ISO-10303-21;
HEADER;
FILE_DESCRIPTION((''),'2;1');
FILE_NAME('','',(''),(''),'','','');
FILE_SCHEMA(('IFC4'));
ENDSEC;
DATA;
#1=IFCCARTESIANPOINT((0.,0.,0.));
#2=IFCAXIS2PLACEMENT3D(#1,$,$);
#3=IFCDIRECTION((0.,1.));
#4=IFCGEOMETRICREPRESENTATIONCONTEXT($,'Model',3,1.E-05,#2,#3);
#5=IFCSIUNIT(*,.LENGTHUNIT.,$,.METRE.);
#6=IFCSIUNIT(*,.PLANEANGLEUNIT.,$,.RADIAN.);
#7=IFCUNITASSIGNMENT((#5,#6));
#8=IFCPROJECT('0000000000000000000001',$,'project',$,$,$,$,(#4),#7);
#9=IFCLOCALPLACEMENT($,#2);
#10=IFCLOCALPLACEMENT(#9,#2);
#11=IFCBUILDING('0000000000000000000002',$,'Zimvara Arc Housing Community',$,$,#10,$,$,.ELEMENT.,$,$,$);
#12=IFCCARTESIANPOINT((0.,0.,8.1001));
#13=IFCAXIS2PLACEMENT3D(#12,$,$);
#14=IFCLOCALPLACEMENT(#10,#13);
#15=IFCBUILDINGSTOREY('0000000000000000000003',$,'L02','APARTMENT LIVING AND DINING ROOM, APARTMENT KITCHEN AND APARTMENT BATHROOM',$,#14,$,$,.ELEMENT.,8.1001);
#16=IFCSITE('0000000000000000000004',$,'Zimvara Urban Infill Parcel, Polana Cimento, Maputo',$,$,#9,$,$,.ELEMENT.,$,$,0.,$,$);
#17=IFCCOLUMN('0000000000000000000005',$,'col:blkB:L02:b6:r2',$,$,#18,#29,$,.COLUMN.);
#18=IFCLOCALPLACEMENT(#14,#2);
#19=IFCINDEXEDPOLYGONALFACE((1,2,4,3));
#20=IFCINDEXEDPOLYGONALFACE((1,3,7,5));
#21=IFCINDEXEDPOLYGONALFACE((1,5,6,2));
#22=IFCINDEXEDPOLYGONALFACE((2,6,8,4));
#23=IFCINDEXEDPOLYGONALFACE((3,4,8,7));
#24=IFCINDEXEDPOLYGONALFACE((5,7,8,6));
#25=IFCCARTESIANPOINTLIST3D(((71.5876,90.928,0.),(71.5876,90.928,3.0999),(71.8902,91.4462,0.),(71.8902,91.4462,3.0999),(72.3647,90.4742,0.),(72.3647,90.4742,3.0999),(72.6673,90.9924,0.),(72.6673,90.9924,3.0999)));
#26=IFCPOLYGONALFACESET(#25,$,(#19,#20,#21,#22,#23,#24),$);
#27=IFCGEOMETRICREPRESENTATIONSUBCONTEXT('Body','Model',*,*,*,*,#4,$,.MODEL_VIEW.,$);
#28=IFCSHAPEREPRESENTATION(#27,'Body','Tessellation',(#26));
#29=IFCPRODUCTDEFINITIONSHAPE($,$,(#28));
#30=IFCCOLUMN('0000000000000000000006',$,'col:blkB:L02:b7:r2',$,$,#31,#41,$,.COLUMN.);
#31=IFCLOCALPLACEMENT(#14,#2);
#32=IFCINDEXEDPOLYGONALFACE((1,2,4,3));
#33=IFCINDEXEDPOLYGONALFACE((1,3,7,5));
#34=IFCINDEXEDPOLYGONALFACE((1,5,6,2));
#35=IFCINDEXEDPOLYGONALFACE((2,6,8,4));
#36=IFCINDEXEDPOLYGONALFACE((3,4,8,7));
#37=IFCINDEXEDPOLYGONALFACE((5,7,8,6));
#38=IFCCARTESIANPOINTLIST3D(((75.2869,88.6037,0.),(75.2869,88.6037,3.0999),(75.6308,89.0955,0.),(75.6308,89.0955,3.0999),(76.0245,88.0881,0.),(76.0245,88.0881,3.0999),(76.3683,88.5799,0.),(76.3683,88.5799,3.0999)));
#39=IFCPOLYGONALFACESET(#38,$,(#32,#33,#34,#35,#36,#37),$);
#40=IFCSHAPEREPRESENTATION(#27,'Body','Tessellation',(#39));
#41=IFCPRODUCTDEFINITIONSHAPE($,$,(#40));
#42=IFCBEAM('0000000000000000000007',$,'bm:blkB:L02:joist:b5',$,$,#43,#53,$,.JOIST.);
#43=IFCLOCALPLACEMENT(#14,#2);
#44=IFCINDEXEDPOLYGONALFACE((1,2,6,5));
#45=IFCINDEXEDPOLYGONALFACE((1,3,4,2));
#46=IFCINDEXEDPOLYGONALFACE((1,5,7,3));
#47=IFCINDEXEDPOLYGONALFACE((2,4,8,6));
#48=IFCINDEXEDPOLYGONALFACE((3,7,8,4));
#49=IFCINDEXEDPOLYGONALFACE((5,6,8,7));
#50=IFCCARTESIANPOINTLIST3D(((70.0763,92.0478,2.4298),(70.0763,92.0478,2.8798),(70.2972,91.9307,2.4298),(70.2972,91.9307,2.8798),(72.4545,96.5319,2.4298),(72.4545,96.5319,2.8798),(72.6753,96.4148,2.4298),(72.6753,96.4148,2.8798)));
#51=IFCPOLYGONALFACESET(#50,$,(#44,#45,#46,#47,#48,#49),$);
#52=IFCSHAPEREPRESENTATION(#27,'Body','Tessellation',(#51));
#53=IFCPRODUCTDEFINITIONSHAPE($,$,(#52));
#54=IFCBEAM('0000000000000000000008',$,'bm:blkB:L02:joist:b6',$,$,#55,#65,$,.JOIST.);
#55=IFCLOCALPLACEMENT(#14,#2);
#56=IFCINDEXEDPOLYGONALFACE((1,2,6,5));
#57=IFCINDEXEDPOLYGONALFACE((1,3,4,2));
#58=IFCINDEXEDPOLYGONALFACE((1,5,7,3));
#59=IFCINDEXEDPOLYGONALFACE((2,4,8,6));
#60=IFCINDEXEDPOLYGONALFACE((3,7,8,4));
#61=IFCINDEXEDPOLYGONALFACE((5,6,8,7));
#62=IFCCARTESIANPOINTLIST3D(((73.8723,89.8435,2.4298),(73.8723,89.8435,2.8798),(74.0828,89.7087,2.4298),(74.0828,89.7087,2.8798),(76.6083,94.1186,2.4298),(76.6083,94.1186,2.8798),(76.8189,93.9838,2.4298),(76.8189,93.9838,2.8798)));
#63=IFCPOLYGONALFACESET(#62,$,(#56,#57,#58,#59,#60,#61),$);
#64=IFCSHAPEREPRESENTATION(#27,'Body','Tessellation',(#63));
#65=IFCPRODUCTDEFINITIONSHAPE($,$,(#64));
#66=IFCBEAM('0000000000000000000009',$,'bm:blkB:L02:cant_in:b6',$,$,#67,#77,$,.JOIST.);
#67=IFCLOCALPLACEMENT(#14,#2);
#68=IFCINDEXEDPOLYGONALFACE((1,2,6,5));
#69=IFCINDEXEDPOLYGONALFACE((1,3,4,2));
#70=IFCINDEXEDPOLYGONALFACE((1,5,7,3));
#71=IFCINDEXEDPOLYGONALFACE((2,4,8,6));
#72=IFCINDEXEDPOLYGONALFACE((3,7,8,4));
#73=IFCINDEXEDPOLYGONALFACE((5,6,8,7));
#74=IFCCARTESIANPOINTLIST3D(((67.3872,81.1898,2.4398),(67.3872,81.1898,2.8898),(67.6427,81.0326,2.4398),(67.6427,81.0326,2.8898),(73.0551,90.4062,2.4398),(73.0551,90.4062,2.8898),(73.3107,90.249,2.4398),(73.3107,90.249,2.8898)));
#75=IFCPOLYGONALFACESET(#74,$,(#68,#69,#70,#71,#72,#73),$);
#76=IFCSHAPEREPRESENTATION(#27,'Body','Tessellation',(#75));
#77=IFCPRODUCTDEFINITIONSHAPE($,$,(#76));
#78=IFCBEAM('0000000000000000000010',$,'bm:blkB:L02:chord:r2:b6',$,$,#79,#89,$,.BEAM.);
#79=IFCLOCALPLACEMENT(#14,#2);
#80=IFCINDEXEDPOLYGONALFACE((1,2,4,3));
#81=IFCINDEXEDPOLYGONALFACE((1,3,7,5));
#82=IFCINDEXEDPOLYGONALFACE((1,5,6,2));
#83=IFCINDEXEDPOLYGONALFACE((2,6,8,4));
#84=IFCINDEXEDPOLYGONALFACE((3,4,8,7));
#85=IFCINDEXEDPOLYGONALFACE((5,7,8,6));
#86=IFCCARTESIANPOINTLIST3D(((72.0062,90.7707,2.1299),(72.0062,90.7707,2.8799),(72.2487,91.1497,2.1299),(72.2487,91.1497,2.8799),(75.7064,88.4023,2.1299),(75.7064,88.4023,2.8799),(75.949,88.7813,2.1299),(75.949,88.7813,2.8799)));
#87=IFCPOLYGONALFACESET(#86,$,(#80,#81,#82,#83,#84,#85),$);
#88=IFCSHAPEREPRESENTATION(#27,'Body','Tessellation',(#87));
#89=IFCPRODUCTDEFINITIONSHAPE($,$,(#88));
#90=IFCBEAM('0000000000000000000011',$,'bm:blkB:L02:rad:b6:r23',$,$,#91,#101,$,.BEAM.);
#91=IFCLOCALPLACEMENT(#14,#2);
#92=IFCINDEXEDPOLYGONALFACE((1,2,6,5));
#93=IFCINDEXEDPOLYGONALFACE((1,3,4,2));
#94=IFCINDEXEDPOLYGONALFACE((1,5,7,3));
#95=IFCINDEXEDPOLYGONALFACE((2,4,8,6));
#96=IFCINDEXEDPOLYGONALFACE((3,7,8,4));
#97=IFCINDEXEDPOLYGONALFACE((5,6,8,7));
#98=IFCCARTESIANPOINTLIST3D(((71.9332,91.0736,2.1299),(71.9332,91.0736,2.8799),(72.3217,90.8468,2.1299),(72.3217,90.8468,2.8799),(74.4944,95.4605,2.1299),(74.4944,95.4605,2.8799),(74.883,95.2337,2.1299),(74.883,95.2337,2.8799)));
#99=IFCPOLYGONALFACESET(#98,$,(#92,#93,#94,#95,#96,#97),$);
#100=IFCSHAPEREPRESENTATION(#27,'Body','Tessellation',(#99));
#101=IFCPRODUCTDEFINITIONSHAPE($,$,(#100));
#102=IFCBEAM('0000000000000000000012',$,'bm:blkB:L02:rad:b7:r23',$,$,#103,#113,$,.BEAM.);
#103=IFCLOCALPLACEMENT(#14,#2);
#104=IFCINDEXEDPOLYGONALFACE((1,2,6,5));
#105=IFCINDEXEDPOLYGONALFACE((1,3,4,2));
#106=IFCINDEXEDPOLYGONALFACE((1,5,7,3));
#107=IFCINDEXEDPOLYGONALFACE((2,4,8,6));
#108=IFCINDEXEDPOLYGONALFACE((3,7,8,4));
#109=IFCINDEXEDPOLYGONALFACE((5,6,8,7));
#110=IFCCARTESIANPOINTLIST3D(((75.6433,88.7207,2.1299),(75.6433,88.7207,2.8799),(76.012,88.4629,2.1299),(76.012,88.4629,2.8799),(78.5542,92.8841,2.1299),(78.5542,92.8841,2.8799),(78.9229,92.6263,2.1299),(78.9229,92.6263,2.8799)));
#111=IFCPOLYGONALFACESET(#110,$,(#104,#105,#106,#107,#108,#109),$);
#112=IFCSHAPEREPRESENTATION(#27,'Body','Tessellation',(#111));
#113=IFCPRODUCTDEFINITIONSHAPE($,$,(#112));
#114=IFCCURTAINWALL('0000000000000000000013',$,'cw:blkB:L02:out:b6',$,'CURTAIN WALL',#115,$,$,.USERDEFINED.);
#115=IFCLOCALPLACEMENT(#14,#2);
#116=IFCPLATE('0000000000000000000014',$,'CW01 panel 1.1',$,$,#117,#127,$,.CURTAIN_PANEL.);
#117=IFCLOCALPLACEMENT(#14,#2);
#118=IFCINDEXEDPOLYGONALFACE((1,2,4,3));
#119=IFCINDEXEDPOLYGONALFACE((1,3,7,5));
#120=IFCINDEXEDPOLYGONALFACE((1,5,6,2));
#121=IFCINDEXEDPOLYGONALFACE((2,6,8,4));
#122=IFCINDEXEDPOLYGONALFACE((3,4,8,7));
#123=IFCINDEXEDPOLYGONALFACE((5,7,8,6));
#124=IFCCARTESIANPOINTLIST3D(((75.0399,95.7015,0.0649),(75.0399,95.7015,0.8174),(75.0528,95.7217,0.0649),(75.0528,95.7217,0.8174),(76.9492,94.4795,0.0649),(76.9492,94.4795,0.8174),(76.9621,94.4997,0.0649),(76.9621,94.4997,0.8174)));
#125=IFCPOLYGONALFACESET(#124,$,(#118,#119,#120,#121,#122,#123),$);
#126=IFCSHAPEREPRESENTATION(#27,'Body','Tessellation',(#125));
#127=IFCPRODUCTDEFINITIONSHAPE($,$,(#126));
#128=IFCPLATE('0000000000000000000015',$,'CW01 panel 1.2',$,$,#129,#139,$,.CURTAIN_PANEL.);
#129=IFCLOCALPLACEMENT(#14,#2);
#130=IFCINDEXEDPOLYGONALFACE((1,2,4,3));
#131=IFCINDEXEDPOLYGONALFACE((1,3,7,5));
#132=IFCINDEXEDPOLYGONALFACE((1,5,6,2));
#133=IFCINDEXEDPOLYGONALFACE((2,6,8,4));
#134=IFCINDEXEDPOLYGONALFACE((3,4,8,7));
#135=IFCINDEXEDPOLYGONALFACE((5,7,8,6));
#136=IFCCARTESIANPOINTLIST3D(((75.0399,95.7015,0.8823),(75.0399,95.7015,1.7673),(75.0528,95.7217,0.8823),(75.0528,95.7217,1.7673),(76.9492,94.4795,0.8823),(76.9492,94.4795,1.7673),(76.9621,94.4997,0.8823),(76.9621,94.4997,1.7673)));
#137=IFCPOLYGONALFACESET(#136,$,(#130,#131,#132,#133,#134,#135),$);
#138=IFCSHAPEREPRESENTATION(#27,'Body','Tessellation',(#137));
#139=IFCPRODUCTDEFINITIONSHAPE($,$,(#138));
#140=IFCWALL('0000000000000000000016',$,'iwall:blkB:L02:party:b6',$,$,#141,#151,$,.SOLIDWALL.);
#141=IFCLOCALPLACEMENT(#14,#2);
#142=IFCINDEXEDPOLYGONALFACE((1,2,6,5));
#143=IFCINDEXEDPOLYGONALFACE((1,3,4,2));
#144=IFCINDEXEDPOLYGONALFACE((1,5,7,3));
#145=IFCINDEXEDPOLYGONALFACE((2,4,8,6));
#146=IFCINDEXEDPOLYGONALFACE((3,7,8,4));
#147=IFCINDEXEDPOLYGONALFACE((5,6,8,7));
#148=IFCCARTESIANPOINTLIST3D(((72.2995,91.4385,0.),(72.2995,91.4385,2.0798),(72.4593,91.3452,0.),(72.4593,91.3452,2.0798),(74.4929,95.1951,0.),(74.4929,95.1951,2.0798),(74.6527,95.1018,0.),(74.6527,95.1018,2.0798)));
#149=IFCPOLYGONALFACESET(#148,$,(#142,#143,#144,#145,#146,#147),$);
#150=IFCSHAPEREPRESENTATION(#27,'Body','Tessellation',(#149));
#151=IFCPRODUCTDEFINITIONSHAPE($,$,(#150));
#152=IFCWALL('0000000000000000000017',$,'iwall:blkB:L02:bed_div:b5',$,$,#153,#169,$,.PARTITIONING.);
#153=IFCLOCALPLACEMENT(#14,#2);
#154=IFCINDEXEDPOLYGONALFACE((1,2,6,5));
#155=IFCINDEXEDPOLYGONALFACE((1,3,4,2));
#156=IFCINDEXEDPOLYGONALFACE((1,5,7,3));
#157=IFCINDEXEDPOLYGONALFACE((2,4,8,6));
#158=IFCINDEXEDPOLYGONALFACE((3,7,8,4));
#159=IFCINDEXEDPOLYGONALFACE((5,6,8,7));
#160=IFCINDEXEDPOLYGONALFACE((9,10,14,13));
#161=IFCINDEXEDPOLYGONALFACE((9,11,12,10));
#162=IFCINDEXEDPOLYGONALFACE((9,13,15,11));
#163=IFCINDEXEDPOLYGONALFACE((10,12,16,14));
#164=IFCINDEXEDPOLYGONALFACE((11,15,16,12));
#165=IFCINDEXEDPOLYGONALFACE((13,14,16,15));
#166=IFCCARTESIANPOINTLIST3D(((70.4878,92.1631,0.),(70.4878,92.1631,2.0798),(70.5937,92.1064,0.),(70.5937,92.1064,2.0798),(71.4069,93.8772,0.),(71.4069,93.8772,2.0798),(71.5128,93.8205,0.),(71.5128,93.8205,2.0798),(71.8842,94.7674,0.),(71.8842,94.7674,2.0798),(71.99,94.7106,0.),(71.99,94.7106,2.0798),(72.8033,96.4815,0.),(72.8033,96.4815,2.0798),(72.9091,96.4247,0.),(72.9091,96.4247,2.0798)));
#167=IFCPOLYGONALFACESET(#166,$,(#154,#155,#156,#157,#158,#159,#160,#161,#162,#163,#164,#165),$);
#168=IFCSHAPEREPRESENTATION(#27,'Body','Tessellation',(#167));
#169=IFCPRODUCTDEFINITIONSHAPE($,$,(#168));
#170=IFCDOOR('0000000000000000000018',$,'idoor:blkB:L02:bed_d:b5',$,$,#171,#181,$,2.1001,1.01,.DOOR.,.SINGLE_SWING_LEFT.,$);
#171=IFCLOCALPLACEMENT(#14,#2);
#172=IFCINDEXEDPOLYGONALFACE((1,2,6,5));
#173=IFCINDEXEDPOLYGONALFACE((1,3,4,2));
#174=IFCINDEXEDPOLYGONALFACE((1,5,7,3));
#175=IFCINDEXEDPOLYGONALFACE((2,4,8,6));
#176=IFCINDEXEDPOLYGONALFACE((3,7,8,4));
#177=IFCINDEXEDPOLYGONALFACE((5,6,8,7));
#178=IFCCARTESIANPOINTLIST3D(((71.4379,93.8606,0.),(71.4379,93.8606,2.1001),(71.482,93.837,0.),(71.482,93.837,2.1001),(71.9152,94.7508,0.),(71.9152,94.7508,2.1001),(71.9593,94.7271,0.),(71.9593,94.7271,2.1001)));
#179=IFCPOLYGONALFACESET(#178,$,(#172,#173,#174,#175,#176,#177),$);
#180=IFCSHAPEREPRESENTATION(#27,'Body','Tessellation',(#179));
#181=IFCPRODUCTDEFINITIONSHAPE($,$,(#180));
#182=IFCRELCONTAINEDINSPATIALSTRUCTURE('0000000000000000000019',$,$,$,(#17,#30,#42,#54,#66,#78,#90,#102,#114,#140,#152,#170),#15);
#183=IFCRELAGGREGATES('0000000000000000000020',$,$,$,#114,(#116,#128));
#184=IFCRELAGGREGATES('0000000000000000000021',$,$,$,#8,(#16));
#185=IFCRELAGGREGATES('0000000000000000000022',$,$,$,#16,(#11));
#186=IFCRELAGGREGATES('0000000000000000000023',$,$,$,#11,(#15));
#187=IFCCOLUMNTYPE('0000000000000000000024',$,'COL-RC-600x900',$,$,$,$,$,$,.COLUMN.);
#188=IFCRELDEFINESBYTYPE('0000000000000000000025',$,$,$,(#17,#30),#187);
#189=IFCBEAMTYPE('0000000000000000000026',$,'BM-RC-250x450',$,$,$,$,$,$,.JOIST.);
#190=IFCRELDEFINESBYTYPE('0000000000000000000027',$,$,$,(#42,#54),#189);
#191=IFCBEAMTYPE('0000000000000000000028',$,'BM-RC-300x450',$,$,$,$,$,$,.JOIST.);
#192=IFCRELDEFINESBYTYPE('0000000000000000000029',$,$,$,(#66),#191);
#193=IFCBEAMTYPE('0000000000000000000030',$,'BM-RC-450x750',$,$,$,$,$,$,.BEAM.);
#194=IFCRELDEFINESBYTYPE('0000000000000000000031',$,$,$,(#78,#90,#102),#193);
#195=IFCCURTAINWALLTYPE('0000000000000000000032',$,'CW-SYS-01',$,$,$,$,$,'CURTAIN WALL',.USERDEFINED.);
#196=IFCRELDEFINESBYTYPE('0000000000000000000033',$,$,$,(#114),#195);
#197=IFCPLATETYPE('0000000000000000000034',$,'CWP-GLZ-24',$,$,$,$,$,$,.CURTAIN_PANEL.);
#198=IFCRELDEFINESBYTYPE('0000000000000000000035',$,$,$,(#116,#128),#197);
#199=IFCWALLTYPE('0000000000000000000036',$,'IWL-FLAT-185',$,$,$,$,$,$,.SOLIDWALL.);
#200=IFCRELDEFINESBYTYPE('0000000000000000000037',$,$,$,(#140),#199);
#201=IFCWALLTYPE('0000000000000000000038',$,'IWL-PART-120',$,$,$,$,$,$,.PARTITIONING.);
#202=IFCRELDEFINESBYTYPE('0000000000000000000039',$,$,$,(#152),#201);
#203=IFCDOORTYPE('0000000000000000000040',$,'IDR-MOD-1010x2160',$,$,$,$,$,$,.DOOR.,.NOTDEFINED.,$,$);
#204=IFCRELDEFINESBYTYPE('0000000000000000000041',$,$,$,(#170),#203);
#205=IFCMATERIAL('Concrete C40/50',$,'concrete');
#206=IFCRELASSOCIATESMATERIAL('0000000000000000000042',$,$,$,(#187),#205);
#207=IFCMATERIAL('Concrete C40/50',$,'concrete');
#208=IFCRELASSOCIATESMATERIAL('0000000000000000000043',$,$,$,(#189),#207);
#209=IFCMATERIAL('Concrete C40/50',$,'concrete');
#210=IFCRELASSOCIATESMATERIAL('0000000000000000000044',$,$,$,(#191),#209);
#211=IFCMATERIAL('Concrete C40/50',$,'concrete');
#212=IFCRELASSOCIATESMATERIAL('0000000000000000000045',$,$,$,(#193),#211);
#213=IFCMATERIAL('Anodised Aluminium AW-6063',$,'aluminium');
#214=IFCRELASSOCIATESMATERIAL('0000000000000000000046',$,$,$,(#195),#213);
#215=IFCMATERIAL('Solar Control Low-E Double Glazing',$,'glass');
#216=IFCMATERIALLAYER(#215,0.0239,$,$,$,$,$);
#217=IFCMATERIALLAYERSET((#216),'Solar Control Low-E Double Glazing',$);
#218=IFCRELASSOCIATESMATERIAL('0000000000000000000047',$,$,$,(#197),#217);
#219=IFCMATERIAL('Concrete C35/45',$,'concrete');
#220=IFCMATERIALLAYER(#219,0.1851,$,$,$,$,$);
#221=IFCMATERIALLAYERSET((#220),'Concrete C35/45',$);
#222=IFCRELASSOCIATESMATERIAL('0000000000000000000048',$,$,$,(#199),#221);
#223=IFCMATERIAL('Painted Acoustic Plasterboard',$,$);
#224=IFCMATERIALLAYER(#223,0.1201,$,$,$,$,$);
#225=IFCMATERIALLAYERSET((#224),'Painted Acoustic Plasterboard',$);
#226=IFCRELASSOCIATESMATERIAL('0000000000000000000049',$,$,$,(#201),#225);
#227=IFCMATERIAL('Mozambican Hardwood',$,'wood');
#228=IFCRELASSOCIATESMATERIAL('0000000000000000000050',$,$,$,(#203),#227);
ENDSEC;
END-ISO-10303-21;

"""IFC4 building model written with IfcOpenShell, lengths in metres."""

from ifc_helpers import new_model, si_unit, direction, frame, frame_2d, origin, origin_2d, place, context, subcontext, project, spatial, rectangle, extrude, material, layer, layer_set, material_profile, profile_set, type_object, element, fill, aggregate, save


model = new_model("IFC4")

# Units and contexts
model_context = context("Model", 3, precision=1e-05, world=origin(), true_north=direction((0.0, 1.0)))
body_context = subcontext(model_context, "Body", "Model", "MODEL_VIEW")
ifc_project = project(units=[si_unit("LENGTHUNIT", "METRE"), si_unit("PLANEANGLEUNIT", "RADIAN")], contexts=[model_context])

# Site, building, storey
site_placement = place(None, origin())
site = spatial("IfcSite", under=ifc_project, at=site_placement, Name="Zimvara Urban Infill Parcel, Polana Cimento, Maputo", CompositionType="ELEMENT", RefElevation=0.0)
building_placement = place(site_placement, origin())
building = spatial("IfcBuilding", under=site, at=building_placement, Name="Zimvara Arc Housing Community", CompositionType="ELEMENT")
storey_placement = place(building_placement, frame((0.0, 0.0, 8.1001)))
storey = spatial("IfcBuildingStorey", under=building, at=storey_placement, Name="L02", Description="APARTMENT LIVING AND DINING ROOM, APARTMENT KITCHEN AND APARTMENT BATHROOM", CompositionType="ELEMENT", Elevation=8.1001)

# Columns
ifc_material_1 = material(Name="Concrete C40/50", Category="concrete")
ifc_material_profile_1 = material_profile(ifc_material_1, rectangle(XDim=0.6001, YDim=0.8999, at=origin_2d()), Name="RC 600x900")
ifc_profile_set_1 = profile_set([ifc_material_profile_1], Name="Concrete C40/50")
column_type = type_object("IfcColumnType", Name="COL-RC-600x900", PredefinedType="COLUMN", material=ifc_profile_set_1)
for number, where, z_axis, x_axis, name in (
    (1, (72.1274, 90.9602, 0.0), (0.0, 0.0, 1.0), (0.504226, 0.863572, 0.0), "col:blkB:L02:b6:r2"),
    (2, (75.8276, 88.5918, 0.0), (0.0, 0.0, 1.0), (0.573004, 0.819552, 0.0), "col:blkB:L02:b7:r2"),
):
    element("IfcColumn", number, at=place(storey_placement, frame(where, z_axis=z_axis, x_axis=x_axis)), inside=storey, type_object=column_type, Name=name, PredefinedType="COLUMN", context=body_context, shape_type="SweptSolid", body=[
        extrude(rectangle(XDim=0.6001, YDim=0.8999, at=origin_2d()), origin(), (0.0, 0.0, 1.0), 3.0999),
    ])

# Beams
ifc_material_2 = material(Name="Concrete C40/50", Category="concrete")
ifc_material_profile_2 = material_profile(ifc_material_2, rectangle(XDim=0.25, YDim=0.45, at=origin_2d()), Name="RC 250x450")
ifc_profile_set_2 = profile_set([ifc_material_profile_2], Name="Concrete C40/50")
beam_type_1 = type_object("IfcBeamType", Name="BM-RC-250x450", PredefinedType="JOIST", material=ifc_profile_set_2)
for number, where, z_axis, x_axis, name in (
    (3, (70.1868, 91.9893, 2.6548), (0.468537, 0.883444, 0.0), (-0.883444, 0.468537, 0.0), "bm:blkB:L02:joist:b5"),
    (4, (73.9775, 89.7761, 2.6548), (0.539052, 0.842272, 0.0), (-0.842272, 0.539052, 0.0), "bm:blkB:L02:joist:b6"),
):
    element("IfcBeam", number, at=place(storey_placement, frame(where, z_axis=z_axis, x_axis=x_axis)), inside=storey, type_object=beam_type_1, Name=name, PredefinedType="JOIST", context=body_context, shape_type="SweptSolid", body=[
        extrude(rectangle(XDim=0.25, YDim=0.45, at=origin_2d()), origin(), (0.0, 0.0, 1.0), 5.0757),
    ])
ifc_material_3 = material(Name="Concrete C40/50", Category="concrete")
ifc_material_profile_3 = material_profile(ifc_material_3, rectangle(XDim=0.3, YDim=0.45, at=origin_2d()), Name="RC 300x450")
ifc_profile_set_3 = profile_set([ifc_material_profile_3], Name="Concrete C40/50")
beam_type_2 = type_object("IfcBeamType", Name="BM-RC-300x450", PredefinedType="JOIST", material=ifc_profile_set_3)
beam_1_placement = place(storey_placement, frame((73.1829, 90.3276, 2.6648), z_axis=(-0.523846, -0.851813, 0.0), x_axis=(0.851813, -0.523846, 0.0)))
element("IfcBeam", 5, at=beam_1_placement, inside=storey, type_object=beam_type_2, Name="bm:blkB:L02:cant_in:b6", PredefinedType="JOIST", context=body_context, shape_type="SweptSolid", body=[
    extrude(rectangle(XDim=0.3, YDim=0.45, at=origin_2d()), origin(), (0.0, 0.0, 1.0), 10.8198),
])
ifc_material_4 = material(Name="Concrete C40/50", Category="concrete")
ifc_material_profile_4 = material_profile(ifc_material_4, rectangle(XDim=0.45, YDim=0.75, at=origin_2d()), Name="RC 450x750")
ifc_profile_set_4 = profile_set([ifc_material_profile_4], Name="Concrete C40/50")
beam_type_3 = type_object("IfcBeamType", Name="BM-RC-450x750", PredefinedType="BEAM", material=ifc_profile_set_4)
beam_2_placement = place(storey_placement, frame((72.1274, 90.9602, 2.5049), z_axis=(0.842242, -0.539099, 0.0), x_axis=(0.539099, 0.842242, 0.0)))
element("IfcBeam", 6, at=beam_2_placement, inside=storey, type_object=beam_type_3, Name="bm:blkB:L02:chord:r2:b6", PredefinedType="BEAM", context=body_context, shape_type="SweptSolid", body=[
    extrude(rectangle(XDim=0.45, YDim=0.75, at=origin_2d()), origin(), (0.0, 0.0, 1.0), 4.3933),
])
beam_3_placement = place(storey_placement, frame((72.1274, 90.9602, 2.5049), z_axis=(0.504197, 0.863589, 0.0), x_axis=(-0.863589, 0.504197, 0.0)))
element("IfcBeam", 7, at=beam_3_placement, inside=storey, type_object=beam_type_3, Name="bm:blkB:L02:rad:b6:r23", PredefinedType="BEAM", context=body_context, shape_type="SweptSolid", body=[
    extrude(rectangle(XDim=0.45, YDim=0.75, at=origin_2d()), origin(), (0.0, 0.0, 1.0), 5.0798),
])
beam_4_placement = place(storey_placement, frame((75.8276, 88.5918, 2.5049), z_axis=(0.573007, 0.81955, 0.0), x_axis=(-0.81955, 0.573007, 0.0)))
element("IfcBeam", 8, at=beam_4_placement, inside=storey, type_object=beam_type_3, Name="bm:blkB:L02:rad:b7:r23", PredefinedType="BEAM", context=body_context, shape_type="SweptSolid", body=[
    extrude(rectangle(XDim=0.45, YDim=0.75, at=origin_2d()), origin(), (0.0, 0.0, 1.0), 5.0801),
])

# Curtain wall, plates
ifc_material_5 = material(Name="Anodised Aluminium AW-6063", Category="aluminium")
curtain_wall_type = type_object("IfcCurtainWallType", Name="CW-SYS-01", ElementType="CURTAIN WALL", PredefinedType="USERDEFINED", material=ifc_material_5)
curtain_wall_placement = place(storey_placement, origin())
curtain_wall = element("IfcCurtainWall", 9, at=curtain_wall_placement, inside=storey, type_object=curtain_wall_type, Name="cw:blkB:L02:out:b6", ObjectType="CURTAIN WALL", PredefinedType="USERDEFINED")
ifc_material_6 = material(Name="Solar Control Low-E Double Glazing", Category="glass")
ifc_layer_1 = layer(ifc_material_6, 0.0239)
ifc_layer_set_1 = layer_set([ifc_layer_1], Name="Solar Control Low-E Double Glazing")
plate_type = type_object("IfcPlateType", Name="CWP-GLZ-24", PredefinedType="CURTAIN_PANEL", material=ifc_layer_set_1)
plate_1_placement = place(storey_placement, frame((76.001, 95.1006, 0.0649), z_axis=(0.0, 0.0, 1.0), x_axis=(0.842264, -0.539065, 0.0)))
plate_1 = element("IfcPlate", 10, at=plate_1_placement, type_object=plate_type, Name="CW01 panel 1.1", PredefinedType="CURTAIN_PANEL", context=body_context, shape_type="SweptSolid", body=[
    extrude(rectangle(XDim=2.2668, YDim=0.0239, at=origin_2d()), origin(), (0.0, 0.0, 1.0), 0.7524),
])
plate_2_placement = place(storey_placement, frame((76.001, 95.1006, 0.8823), z_axis=(0.0, 0.0, 1.0), x_axis=(0.842264, -0.539065, 0.0)))
plate_2 = element("IfcPlate", 11, at=plate_2_placement, type_object=plate_type, Name="CW01 panel 1.2", PredefinedType="CURTAIN_PANEL", context=body_context, shape_type="SweptSolid", body=[
    extrude(rectangle(XDim=2.2668, YDim=0.0239, at=origin_2d()), origin(), (0.0, 0.0, 1.0), 0.885),
])
aggregate(curtain_wall, [plate_1, plate_2])

# Wall
ifc_material_7 = material(Name="Concrete C35/45", Category="concrete")
ifc_layer_2 = layer(ifc_material_7, 0.1851)
ifc_layer_set_2 = layer_set([ifc_layer_2], Name="Concrete C35/45")
wall_type_1 = type_object("IfcWallType", Name="IWL-FLAT-185", PredefinedType="SOLIDWALL", material=ifc_layer_set_2)
wall_1_placement = place(storey_placement, frame((72.3794, 91.3918, 0.0), z_axis=(0.0, 0.0, 1.0), x_axis=(0.504216, 0.863577, 0.0)))
element("IfcWall", 12, at=wall_1_placement, inside=storey, type_object=wall_type_1, Name="iwall:blkB:L02:party:b6", PredefinedType="SOLIDWALL", context=body_context, shape_type="SweptSolid", body=[
    extrude(rectangle(XDim=4.3501, YDim=0.1851, at=frame_2d((2.175, 0.0))), origin(), (0.0, 0.0, 1.0), 2.0798),
])

# Wall, opening, door
ifc_material_8 = material(Name="Painted Acoustic Plasterboard")
ifc_layer_3 = layer(ifc_material_8, 0.1201)
ifc_layer_set_3 = layer_set([ifc_layer_3], Name="Painted Acoustic Plasterboard")
wall_type_2 = type_object("IfcWallType", Name="IWL-PART-120", PredefinedType="PARTITIONING", material=ifc_layer_set_3)
wall_2_placement = place(storey_placement, frame((70.5408, 92.1348, 0.0), z_axis=(0.0, 0.0, 1.0), x_axis=(0.472542, 0.881308, 0.0)))
wall_2 = element("IfcWall", 13, at=wall_2_placement, inside=storey, type_object=wall_type_2, Name="iwall:blkB:L02:bed_div:b5", PredefinedType="PARTITIONING", context=body_context, shape_type="SweptSolid", body=[
    extrude(rectangle(XDim=4.8999, YDim=0.1201, at=frame_2d((2.45, 0.0))), origin(), (0.0, 0.0, 1.0), 2.0798),
])
opening_1_placement = place(wall_2_placement, frame((1.9451, 0.0, 0.0)))
opening_1 = element("IfcOpeningElement", 14, at=opening_1_placement, cuts=wall_2, PredefinedType="OPENING", context=body_context, shape_type="SweptSolid", body=[
    extrude(rectangle(XDim=1.01, YDim=2.1001, at=frame_2d((0.5049, 1.05))), frame((0.0, 0.0701, 0.0), z_axis=(0.0, -1.0, 0.0), x_axis=(1.0, 0.0, 0.0)), (0.0, 0.0, 1.0), 0.1401),
])
ifc_material_9 = material(Name="Mozambican Hardwood", Category="wood")
door_type_1 = type_object("IfcDoorType", Name="IDR-MOD-1010x2160", OperationType="NOTDEFINED", PredefinedType="DOOR", material=ifc_material_9)
door_1_placement = place(opening_1_placement, origin())
door_1 = element("IfcDoor", 15, at=door_1_placement, inside=storey, type_object=door_type_1, Name="idoor:blkB:L02:bed_d:b5", OperationType="SINGLE_SWING_LEFT", OverallHeight=2.1001, OverallWidth=1.01, PredefinedType="DOOR", context=body_context, shape_type="SweptSolid", body=[
    extrude(rectangle(XDim=1.01, YDim=2.1001, at=frame_2d((0.5049, 1.05))), frame((0.0, 0.0249, 0.0), z_axis=(0.0, -1.0, 0.0), x_axis=(1.0, 0.0, 0.0)), (0.0, 0.0, 1.0), 0.05),
])
fill(opening_1, door_1)

save(model, "model.ifc")
